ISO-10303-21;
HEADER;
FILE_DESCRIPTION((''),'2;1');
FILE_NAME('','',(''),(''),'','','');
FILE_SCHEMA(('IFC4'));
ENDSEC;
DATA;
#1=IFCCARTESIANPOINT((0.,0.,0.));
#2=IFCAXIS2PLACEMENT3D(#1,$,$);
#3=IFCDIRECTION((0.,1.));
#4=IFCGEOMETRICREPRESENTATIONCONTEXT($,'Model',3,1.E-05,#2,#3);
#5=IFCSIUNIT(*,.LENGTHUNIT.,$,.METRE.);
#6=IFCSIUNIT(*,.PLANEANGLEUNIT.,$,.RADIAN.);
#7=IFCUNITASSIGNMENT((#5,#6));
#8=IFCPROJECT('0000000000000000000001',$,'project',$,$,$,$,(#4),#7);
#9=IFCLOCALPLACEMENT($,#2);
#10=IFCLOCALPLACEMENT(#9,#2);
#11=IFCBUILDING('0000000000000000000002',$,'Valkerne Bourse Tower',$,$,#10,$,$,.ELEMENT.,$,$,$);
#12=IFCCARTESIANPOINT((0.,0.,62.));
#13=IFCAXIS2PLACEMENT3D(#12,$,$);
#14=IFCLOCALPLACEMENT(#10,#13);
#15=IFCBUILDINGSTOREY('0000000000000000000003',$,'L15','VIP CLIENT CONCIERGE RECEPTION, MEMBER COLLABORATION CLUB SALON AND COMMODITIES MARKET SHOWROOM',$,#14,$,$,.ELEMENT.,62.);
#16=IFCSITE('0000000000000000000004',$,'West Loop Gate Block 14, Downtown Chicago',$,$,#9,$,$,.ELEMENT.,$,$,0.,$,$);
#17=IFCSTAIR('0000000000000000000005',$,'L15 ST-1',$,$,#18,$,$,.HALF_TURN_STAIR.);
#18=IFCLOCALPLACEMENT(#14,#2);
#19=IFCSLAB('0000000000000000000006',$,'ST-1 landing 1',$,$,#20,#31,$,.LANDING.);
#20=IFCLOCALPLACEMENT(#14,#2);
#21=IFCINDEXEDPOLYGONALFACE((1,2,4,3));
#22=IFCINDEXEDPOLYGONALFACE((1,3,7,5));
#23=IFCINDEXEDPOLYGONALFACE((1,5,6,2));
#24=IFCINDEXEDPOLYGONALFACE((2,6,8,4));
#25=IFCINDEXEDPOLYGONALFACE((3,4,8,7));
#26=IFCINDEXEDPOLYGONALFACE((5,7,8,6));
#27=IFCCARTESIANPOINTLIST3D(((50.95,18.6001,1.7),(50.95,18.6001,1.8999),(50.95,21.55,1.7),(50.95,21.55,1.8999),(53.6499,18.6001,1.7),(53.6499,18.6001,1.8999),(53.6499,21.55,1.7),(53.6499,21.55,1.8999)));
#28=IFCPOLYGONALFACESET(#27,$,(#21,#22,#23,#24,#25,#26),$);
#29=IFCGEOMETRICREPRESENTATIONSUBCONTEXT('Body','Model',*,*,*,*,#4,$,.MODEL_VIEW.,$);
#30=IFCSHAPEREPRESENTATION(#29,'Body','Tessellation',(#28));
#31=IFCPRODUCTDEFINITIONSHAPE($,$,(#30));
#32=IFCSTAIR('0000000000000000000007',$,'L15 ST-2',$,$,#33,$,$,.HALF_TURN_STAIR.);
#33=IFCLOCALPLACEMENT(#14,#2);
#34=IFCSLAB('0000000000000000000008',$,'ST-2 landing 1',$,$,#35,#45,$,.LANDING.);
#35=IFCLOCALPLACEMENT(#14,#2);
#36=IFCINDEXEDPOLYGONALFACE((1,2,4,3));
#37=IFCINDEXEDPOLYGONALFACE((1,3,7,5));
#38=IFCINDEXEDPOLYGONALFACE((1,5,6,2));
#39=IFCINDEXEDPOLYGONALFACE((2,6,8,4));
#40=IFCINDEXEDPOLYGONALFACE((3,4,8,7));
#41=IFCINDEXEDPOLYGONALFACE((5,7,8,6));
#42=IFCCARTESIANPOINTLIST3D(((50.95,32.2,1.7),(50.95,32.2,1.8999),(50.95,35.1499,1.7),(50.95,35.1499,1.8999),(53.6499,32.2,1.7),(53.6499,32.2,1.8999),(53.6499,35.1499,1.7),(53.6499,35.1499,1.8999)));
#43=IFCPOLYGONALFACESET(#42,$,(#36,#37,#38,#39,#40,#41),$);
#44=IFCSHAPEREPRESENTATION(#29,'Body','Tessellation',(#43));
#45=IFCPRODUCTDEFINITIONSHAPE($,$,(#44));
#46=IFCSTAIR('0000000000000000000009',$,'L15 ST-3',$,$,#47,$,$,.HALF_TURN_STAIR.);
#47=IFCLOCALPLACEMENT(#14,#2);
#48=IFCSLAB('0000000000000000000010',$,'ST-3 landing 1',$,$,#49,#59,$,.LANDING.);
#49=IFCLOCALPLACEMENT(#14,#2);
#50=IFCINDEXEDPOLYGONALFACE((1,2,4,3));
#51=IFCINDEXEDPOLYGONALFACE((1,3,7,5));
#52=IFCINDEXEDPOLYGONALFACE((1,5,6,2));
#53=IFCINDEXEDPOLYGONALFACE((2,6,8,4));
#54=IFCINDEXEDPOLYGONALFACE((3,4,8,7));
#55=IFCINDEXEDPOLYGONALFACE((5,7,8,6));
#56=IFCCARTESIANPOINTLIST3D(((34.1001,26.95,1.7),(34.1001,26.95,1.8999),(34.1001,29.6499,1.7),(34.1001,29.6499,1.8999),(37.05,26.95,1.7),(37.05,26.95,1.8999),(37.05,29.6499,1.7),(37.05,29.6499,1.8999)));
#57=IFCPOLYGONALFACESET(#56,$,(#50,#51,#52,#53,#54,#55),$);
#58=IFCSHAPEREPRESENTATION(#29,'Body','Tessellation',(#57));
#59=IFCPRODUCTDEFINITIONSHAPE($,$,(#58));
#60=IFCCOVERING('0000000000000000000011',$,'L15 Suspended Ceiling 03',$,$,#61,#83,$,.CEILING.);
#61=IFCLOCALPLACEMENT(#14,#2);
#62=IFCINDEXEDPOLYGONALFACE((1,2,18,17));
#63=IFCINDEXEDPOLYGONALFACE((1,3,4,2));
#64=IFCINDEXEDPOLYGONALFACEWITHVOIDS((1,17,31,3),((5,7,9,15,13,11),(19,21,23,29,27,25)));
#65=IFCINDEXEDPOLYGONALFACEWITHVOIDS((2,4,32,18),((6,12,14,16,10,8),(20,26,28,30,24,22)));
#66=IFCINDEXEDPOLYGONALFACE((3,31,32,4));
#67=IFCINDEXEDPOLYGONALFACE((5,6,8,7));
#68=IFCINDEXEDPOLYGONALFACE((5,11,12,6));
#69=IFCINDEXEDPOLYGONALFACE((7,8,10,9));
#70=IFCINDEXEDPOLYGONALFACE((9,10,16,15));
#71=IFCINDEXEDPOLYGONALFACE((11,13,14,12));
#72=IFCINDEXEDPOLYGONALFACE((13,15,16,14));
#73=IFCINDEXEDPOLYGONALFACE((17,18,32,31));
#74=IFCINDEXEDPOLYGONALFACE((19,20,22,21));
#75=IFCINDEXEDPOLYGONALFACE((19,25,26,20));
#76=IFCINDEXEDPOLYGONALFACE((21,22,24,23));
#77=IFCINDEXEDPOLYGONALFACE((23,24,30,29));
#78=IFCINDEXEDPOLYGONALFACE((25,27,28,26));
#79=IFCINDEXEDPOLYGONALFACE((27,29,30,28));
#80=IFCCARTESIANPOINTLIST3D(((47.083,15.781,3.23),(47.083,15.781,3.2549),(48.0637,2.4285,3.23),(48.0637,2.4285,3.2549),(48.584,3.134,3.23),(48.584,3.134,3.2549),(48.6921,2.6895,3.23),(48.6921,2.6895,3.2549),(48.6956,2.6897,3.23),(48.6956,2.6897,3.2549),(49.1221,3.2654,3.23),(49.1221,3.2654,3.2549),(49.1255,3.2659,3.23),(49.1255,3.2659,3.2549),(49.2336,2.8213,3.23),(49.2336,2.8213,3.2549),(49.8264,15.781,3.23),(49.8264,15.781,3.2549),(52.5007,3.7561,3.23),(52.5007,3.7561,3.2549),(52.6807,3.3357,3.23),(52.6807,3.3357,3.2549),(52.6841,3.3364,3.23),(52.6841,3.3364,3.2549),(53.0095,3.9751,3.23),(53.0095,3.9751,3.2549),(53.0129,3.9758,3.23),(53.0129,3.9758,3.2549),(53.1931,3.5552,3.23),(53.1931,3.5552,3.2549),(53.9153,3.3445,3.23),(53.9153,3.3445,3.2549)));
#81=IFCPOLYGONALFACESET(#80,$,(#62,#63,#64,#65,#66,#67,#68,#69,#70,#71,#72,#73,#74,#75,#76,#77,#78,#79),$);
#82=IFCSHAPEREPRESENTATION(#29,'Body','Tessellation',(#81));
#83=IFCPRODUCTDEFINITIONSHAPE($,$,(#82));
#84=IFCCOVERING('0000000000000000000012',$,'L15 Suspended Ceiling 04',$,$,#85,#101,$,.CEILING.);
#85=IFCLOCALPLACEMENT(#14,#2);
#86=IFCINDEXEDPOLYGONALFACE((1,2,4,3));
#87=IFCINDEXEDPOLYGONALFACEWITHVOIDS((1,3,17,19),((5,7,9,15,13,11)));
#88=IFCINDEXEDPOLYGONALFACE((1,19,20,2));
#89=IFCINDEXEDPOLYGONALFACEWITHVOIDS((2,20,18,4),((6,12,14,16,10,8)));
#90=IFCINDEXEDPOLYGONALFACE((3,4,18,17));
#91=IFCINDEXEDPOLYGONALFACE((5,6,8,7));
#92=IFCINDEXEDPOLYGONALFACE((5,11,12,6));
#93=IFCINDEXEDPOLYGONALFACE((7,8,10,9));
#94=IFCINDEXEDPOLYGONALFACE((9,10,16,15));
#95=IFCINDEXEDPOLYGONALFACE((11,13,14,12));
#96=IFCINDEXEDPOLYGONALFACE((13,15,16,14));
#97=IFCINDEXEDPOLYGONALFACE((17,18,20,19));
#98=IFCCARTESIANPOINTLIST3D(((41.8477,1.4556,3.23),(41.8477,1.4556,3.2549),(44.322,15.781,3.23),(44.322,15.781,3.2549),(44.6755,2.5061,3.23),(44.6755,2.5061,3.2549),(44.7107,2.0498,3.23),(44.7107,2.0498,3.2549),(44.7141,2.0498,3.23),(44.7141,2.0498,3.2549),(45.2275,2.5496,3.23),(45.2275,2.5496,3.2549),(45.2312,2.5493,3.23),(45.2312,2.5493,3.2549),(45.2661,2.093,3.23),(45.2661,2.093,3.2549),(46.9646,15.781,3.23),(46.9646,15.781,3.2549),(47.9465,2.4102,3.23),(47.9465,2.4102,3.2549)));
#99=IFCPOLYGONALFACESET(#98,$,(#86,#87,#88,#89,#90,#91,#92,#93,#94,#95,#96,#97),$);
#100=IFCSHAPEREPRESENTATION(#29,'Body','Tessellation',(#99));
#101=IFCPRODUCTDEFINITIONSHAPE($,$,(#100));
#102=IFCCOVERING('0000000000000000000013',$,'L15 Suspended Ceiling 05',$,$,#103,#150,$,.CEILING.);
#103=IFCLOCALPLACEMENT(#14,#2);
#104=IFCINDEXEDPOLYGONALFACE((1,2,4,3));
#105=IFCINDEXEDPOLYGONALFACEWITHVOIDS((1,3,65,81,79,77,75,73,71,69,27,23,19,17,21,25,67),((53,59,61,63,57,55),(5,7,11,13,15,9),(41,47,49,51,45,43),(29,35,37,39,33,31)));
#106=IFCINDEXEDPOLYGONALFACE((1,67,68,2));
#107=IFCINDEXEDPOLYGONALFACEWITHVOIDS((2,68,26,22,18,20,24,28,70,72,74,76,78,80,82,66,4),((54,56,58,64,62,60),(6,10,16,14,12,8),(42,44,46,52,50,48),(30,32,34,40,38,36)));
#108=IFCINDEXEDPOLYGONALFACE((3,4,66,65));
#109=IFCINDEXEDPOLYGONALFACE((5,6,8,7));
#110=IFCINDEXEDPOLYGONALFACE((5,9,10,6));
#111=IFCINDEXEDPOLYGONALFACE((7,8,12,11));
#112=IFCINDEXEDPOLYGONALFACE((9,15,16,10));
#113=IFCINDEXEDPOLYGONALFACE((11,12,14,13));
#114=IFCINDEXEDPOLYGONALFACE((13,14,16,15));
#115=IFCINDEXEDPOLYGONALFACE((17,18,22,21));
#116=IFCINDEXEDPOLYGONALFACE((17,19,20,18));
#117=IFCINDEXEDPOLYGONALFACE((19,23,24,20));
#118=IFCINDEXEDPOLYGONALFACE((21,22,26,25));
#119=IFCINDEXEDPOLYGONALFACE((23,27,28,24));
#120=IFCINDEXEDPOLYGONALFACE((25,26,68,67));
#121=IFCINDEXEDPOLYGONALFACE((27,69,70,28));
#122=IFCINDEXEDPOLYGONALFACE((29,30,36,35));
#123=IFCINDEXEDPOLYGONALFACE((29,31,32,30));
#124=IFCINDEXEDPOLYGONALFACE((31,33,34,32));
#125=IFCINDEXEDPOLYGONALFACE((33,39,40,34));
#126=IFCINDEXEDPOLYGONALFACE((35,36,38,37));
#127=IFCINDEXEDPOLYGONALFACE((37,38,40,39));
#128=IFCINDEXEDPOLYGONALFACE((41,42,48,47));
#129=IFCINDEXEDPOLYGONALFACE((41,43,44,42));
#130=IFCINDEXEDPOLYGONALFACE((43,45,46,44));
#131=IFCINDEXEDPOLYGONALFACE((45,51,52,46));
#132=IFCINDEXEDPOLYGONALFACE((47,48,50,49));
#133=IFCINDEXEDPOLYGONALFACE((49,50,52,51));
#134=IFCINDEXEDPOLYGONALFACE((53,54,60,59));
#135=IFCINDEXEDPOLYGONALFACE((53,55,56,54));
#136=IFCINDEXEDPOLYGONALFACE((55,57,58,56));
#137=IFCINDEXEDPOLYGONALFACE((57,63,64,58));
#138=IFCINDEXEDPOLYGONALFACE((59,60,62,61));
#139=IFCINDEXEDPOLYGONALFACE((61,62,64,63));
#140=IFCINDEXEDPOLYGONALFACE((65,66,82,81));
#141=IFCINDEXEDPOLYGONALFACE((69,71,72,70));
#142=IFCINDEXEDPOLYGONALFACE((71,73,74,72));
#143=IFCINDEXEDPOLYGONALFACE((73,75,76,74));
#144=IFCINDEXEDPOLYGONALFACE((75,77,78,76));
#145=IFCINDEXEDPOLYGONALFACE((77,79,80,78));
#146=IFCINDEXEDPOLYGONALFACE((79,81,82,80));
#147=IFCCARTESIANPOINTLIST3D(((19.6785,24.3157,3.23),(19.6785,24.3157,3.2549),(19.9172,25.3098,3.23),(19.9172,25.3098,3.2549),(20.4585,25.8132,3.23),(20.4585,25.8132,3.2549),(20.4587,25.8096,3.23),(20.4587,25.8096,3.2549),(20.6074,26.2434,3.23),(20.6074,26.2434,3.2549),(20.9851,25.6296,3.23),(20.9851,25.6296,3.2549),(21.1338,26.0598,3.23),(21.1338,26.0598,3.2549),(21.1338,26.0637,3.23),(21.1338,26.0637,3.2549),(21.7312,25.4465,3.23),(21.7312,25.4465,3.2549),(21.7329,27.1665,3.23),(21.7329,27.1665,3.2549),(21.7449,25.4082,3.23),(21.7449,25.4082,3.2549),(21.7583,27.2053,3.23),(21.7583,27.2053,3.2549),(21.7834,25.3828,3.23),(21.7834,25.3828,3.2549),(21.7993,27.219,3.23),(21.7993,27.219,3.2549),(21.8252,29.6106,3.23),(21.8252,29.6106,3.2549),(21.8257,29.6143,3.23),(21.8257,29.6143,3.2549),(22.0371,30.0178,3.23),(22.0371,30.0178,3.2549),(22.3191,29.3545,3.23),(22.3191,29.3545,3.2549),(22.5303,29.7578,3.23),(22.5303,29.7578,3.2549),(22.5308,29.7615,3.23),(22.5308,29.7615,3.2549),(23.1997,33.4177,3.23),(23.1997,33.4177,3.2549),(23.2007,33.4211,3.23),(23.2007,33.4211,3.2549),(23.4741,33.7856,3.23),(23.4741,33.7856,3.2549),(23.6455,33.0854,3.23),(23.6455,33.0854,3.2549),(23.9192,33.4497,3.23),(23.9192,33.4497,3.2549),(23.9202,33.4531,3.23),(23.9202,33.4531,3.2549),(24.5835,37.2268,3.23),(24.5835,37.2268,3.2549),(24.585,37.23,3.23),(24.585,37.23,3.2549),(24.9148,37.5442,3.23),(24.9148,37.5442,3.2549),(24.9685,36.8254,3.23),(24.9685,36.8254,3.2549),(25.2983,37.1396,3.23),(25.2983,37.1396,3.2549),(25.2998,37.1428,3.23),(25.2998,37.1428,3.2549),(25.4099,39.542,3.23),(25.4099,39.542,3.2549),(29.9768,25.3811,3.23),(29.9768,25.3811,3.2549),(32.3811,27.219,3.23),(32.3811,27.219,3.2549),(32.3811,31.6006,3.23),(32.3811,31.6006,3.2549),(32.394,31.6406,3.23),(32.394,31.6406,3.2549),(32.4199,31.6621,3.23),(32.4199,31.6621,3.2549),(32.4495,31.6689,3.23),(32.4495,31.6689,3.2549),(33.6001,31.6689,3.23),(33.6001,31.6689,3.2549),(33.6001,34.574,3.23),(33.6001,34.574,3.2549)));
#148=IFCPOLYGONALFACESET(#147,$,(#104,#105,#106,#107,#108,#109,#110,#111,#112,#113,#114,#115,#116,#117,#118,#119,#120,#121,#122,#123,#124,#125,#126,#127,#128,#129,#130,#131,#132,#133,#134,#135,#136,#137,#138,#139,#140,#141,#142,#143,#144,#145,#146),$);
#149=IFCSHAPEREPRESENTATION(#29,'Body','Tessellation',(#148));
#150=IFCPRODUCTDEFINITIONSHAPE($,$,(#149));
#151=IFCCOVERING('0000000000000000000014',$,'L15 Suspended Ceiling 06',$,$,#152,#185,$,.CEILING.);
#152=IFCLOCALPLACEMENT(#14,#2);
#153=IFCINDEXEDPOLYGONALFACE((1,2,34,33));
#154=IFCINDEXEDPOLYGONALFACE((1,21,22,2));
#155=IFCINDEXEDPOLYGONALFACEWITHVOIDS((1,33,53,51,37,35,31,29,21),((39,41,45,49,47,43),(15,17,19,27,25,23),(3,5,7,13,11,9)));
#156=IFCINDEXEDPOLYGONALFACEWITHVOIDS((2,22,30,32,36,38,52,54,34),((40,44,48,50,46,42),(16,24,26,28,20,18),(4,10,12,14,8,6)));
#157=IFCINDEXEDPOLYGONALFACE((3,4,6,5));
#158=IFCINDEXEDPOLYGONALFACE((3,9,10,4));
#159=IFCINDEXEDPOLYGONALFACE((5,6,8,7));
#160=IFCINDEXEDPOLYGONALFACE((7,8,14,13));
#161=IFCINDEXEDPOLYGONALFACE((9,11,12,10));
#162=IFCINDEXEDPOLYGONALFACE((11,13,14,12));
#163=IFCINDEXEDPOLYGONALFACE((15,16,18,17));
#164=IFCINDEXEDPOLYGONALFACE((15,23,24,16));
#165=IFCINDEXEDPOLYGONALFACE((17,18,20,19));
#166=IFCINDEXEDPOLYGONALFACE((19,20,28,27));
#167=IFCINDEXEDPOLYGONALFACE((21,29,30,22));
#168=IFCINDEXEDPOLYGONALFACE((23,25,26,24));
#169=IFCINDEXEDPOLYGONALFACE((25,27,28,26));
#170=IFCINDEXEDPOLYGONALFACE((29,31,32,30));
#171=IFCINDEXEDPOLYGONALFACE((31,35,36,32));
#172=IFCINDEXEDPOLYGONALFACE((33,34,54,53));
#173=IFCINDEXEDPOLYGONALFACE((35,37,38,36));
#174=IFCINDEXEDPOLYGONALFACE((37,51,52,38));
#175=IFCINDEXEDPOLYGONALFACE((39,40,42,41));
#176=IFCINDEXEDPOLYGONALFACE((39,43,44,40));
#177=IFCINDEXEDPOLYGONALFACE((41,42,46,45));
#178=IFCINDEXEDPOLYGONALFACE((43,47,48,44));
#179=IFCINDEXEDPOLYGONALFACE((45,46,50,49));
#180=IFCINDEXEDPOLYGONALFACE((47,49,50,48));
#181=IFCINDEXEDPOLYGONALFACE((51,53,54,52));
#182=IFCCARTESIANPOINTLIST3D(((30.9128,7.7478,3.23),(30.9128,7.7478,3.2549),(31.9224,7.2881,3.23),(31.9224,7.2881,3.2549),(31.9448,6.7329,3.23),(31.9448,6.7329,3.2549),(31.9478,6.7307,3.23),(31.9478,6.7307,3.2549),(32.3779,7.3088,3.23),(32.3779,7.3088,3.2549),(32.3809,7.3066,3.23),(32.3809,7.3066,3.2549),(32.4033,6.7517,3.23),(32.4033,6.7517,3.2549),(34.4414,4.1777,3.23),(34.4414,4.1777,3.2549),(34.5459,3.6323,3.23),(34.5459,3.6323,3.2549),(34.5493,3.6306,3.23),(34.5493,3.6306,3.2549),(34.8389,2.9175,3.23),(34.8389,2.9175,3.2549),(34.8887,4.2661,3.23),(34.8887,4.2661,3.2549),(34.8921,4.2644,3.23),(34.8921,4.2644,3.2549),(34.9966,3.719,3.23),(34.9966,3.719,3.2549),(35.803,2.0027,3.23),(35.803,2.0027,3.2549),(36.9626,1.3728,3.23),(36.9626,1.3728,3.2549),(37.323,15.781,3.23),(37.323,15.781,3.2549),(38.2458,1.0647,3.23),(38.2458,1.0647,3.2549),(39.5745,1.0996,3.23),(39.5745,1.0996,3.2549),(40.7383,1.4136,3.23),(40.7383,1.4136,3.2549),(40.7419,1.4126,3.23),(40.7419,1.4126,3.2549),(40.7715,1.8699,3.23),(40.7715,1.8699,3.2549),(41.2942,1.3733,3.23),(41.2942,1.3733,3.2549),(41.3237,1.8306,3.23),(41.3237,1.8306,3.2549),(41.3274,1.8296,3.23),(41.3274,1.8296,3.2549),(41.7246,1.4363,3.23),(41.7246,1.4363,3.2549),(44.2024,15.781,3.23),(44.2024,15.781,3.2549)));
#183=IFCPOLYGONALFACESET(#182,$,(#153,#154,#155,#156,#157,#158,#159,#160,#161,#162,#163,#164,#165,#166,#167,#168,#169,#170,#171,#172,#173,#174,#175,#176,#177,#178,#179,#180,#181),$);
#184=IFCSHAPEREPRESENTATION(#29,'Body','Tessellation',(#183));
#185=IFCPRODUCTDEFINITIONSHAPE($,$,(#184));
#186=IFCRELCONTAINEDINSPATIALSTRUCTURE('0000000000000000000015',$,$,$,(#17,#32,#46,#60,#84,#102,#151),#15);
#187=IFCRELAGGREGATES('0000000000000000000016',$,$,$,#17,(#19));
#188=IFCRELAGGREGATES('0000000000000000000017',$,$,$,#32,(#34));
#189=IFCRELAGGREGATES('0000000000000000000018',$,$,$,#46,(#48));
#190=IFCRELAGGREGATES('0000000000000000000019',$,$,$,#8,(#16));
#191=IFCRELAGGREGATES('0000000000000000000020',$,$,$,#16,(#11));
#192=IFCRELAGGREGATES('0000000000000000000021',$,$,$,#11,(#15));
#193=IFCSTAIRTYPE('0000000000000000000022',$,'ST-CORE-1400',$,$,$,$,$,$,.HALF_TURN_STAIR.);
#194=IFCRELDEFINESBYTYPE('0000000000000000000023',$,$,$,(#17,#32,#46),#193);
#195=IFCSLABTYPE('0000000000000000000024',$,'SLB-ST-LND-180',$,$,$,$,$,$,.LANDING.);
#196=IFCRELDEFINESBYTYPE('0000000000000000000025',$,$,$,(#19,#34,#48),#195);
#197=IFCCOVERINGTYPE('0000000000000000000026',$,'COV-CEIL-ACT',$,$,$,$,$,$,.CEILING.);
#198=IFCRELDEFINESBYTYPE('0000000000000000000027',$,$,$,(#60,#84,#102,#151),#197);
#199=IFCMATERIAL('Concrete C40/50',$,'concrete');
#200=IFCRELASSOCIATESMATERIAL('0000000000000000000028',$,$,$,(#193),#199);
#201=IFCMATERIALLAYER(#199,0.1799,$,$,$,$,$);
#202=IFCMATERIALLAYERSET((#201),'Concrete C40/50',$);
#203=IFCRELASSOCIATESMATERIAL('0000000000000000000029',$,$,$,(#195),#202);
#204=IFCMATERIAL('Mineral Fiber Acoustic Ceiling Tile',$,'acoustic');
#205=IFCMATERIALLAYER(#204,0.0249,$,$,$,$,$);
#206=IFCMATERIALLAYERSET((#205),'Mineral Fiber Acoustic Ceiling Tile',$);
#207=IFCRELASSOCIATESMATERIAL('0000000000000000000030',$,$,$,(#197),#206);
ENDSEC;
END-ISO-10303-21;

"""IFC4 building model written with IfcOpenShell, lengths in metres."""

from ifc_helpers import new_model, si_unit, direction, frame, origin, place, context, subcontext, project, spatial, polyline, outline, extrude, material, layer, layer_set, type_object, element, aggregate, save


model = new_model("IFC4")

# Units and contexts
model_context = context("Model", 3, precision=1e-05, world=origin(), true_north=direction((0.0, 1.0)))
body_context = subcontext(model_context, "Body", "Model", "MODEL_VIEW")
ifc_project = project(units=[si_unit("LENGTHUNIT", "METRE"), si_unit("PLANEANGLEUNIT", "RADIAN")], contexts=[model_context])

# Site, building, storey
site_placement = place(None, origin())
site = spatial("IfcSite", under=ifc_project, at=site_placement, Name="West Loop Gate Block 14, Downtown Chicago", CompositionType="ELEMENT", RefElevation=0.0)
building_placement = place(site_placement, origin())
building = spatial("IfcBuilding", under=site, at=building_placement, Name="Valkerne Bourse Tower", CompositionType="ELEMENT")
storey_placement = place(building_placement, frame((0.0, 0.0, 62.0)))
storey = spatial("IfcBuildingStorey", under=building, at=storey_placement, Name="L15", Description="VIP CLIENT CONCIERGE RECEPTION, MEMBER COLLABORATION CLUB SALON AND COMMODITIES MARKET SHOWROOM", CompositionType="ELEMENT", Elevation=62.0)

# Stairs, slabs
ifc_material_1 = material(Name="Concrete C40/50", Category="concrete")
stair_type = type_object("IfcStairType", Name="ST-CORE-1400", PredefinedType="HALF_TURN_STAIR", material=ifc_material_1)
stair_1_placement = place(storey_placement, origin())
stair_1 = element("IfcStair", 1, at=stair_1_placement, inside=storey, type_object=stair_type, Name="L15 ST-1", PredefinedType="HALF_TURN_STAIR")
ifc_layer_1 = layer(ifc_material_1, 0.1799)
ifc_layer_set_1 = layer_set([ifc_layer_1], Name="Concrete C40/50")
slab_type = type_object("IfcSlabType", Name="SLB-ST-LND-180", PredefinedType="LANDING", material=ifc_layer_set_1)
slab_1_placement = place(storey_placement, frame((0.0, 0.0, 1.7)))
slab_1 = element("IfcSlab", 2, at=slab_1_placement, type_object=slab_type, Name="ST-1 landing 1", PredefinedType="LANDING", context=body_context, shape_type="SweptSolid", body=[
    extrude(outline(polyline([(50.95, 18.6001), (53.6499, 18.6001), (53.6499, 21.55), (50.95, 21.55), (50.95, 18.6001)])), origin(), (0.0, 0.0, 1.0), 0.2),
])
aggregate(stair_1, [slab_1])
stair_2_placement = place(storey_placement, origin())
stair_2 = element("IfcStair", 3, at=stair_2_placement, inside=storey, type_object=stair_type, Name="L15 ST-2", PredefinedType="HALF_TURN_STAIR")
slab_2_placement = place(storey_placement, frame((0.0, 0.0, 1.7)))
slab_2 = element("IfcSlab", 4, at=slab_2_placement, type_object=slab_type, Name="ST-2 landing 1", PredefinedType="LANDING", context=body_context, shape_type="SweptSolid", body=[
    extrude(outline(polyline([(50.95, 32.2), (53.6499, 32.2), (53.6499, 35.1499), (50.95, 35.1499), (50.95, 32.2)])), origin(), (0.0, 0.0, 1.0), 0.2),
])
aggregate(stair_2, [slab_2])
stair_3_placement = place(storey_placement, origin())
stair_3 = element("IfcStair", 5, at=stair_3_placement, inside=storey, type_object=stair_type, Name="L15 ST-3", PredefinedType="HALF_TURN_STAIR")
slab_3_placement = place(storey_placement, frame((0.0, 0.0, 1.7)))
slab_3 = element("IfcSlab", 6, at=slab_3_placement, type_object=slab_type, Name="ST-3 landing 1", PredefinedType="LANDING", context=body_context, shape_type="SweptSolid", body=[
    extrude(outline(polyline([(37.05, 26.95), (37.05, 29.6499), (34.1001, 29.6499), (34.1001, 26.95), (37.05, 26.95)])), origin(), (0.0, 0.0, 1.0), 0.2),
])
aggregate(stair_3, [slab_3])

# Coverings
ifc_material_2 = material(Name="Mineral Fiber Acoustic Ceiling Tile", Category="acoustic")
ifc_layer_2 = layer(ifc_material_2, 0.0249)
ifc_layer_set_2 = layer_set([ifc_layer_2], Name="Mineral Fiber Acoustic Ceiling Tile")
covering_type_1 = type_object("IfcCoveringType", Name="COV-CEIL-ACT", PredefinedType="CEILING", material=ifc_layer_set_2)
covering_1_placement = place(storey_placement, frame((0.0, 0.0, 3.23)))
element("IfcCovering", 7, at=covering_1_placement, inside=storey, type_object=covering_type_1, Name="L15 Suspended Ceiling 03", PredefinedType="CEILING", context=body_context, shape_type="SweptSolid", body=[
    extrude(outline(polyline([(49.8264, 15.781), (53.9153, 3.3445), (48.0637, 2.4285), (47.083, 15.781), (49.8264, 15.781)]), holes=[polyline([(48.6956, 2.6897), (49.2336, 2.8213), (49.1255, 3.2659), (49.1221, 3.2654), (48.584, 3.134), (48.6921, 2.6895), (48.6956, 2.6897)]), polyline([(52.6841, 3.3364), (53.1931, 3.5552), (53.0129, 3.9758), (53.0095, 3.9751), (52.5007, 3.7561), (52.6807, 3.3357), (52.6841, 3.3364)])]), origin(), (0.0, 0.0, 1.0), 0.0249),
])
covering_2_placement = place(storey_placement, frame((0.0, 0.0, 3.23)))
element("IfcCovering", 8, at=covering_2_placement, inside=storey, type_object=covering_type_1, Name="L15 Suspended Ceiling 04", PredefinedType="CEILING", context=body_context, shape_type="SweptSolid", body=[
    extrude(outline(polyline([(46.9646, 15.781), (47.9465, 2.4102), (41.8477, 1.4556), (44.322, 15.781), (46.9646, 15.781)]), holes=[polyline([(45.2312, 2.5493), (45.2275, 2.5496), (44.6755, 2.5061), (44.7107, 2.0498), (44.7141, 2.0498), (45.2661, 2.093), (45.2312, 2.5493)])]), origin(), (0.0, 0.0, 1.0), 0.0249),
])
covering_3_placement = place(storey_placement, frame((0.0, 0.0, 3.23)))
element("IfcCovering", 9, at=covering_3_placement, inside=storey, type_object=covering_type_1, Name="L15 Suspended Ceiling 05", PredefinedType="CEILING", context=body_context, shape_type="SweptSolid", body=[
    extrude(outline(polyline([(33.6001, 34.574), (33.6001, 31.6689), (32.4495, 31.6689), (32.4199, 31.6621), (32.394, 31.6406), (32.3811, 31.6006), (32.3811, 27.219), (21.7993, 27.219), (21.7583, 27.2053), (21.7329, 27.1665), (21.7312, 25.4465), (21.7449, 25.4082), (21.7834, 25.3828), (29.9768, 25.3811), (19.6785, 24.3157), (19.9172, 25.3098), (25.4099, 39.542), (33.6001, 34.574)]), holes=[polyline([(21.1338, 26.0637), (20.6074, 26.2434), (20.4585, 25.8132), (20.4587, 25.8096), (20.9851, 25.6296), (21.1338, 26.0598), (21.1338, 26.0637)]), polyline([(22.5303, 29.7578), (22.5308, 29.7615), (22.0371, 30.0178), (21.8257, 29.6143), (21.8252, 29.6106), (22.3191, 29.3545), (22.5303, 29.7578)]), polyline([(23.9202, 33.4531), (23.4741, 33.7856), (23.2007, 33.4211), (23.1997, 33.4177), (23.6455, 33.0854), (23.9192, 33.4497), (23.9202, 33.4531)]), polyline([(25.2983, 37.1396), (25.2998, 37.1428), (24.9148, 37.5442), (24.585, 37.23), (24.5835, 37.2268), (24.9685, 36.8254), (25.2983, 37.1396)])]), origin(), (0.0, 0.0, 1.0), 0.0249),
])
covering_4_placement = place(storey_placement, frame((0.0, 0.0, 3.23)))
element("IfcCovering", 10, at=covering_4_placement, inside=storey, type_object=covering_type_1, Name="L15 Suspended Ceiling 06", PredefinedType="CEILING", context=body_context, shape_type="SweptSolid", body=[
    extrude(outline(polyline([(36.9626, 1.3728), (35.803, 2.0027), (34.8389, 2.9175), (30.9128, 7.7478), (37.323, 15.781), (44.2024, 15.781), (41.7246, 1.4363), (39.5745, 1.0996), (38.2458, 1.0647), (36.9626, 1.3728)]), holes=[polyline([(34.8921, 4.2644), (34.8887, 4.2661), (34.4414, 4.1777), (34.5459, 3.6323), (34.5493, 3.6306), (34.9966, 3.719), (34.8921, 4.2644)]), polyline([(32.3809, 7.3066), (32.3779, 7.3088), (31.9224, 7.2881), (31.9448, 6.7329), (31.9478, 6.7307), (32.4033, 6.7517), (32.3809, 7.3066)]), polyline([(41.3274, 1.8296), (41.3237, 1.8306), (40.7715, 1.8699), (40.7383, 1.4136), (40.7419, 1.4126), (41.2942, 1.3733), (41.3274, 1.8296)])]), origin(), (0.0, 0.0, 1.0), 0.0249),
])

save(model, "model.ifc")
